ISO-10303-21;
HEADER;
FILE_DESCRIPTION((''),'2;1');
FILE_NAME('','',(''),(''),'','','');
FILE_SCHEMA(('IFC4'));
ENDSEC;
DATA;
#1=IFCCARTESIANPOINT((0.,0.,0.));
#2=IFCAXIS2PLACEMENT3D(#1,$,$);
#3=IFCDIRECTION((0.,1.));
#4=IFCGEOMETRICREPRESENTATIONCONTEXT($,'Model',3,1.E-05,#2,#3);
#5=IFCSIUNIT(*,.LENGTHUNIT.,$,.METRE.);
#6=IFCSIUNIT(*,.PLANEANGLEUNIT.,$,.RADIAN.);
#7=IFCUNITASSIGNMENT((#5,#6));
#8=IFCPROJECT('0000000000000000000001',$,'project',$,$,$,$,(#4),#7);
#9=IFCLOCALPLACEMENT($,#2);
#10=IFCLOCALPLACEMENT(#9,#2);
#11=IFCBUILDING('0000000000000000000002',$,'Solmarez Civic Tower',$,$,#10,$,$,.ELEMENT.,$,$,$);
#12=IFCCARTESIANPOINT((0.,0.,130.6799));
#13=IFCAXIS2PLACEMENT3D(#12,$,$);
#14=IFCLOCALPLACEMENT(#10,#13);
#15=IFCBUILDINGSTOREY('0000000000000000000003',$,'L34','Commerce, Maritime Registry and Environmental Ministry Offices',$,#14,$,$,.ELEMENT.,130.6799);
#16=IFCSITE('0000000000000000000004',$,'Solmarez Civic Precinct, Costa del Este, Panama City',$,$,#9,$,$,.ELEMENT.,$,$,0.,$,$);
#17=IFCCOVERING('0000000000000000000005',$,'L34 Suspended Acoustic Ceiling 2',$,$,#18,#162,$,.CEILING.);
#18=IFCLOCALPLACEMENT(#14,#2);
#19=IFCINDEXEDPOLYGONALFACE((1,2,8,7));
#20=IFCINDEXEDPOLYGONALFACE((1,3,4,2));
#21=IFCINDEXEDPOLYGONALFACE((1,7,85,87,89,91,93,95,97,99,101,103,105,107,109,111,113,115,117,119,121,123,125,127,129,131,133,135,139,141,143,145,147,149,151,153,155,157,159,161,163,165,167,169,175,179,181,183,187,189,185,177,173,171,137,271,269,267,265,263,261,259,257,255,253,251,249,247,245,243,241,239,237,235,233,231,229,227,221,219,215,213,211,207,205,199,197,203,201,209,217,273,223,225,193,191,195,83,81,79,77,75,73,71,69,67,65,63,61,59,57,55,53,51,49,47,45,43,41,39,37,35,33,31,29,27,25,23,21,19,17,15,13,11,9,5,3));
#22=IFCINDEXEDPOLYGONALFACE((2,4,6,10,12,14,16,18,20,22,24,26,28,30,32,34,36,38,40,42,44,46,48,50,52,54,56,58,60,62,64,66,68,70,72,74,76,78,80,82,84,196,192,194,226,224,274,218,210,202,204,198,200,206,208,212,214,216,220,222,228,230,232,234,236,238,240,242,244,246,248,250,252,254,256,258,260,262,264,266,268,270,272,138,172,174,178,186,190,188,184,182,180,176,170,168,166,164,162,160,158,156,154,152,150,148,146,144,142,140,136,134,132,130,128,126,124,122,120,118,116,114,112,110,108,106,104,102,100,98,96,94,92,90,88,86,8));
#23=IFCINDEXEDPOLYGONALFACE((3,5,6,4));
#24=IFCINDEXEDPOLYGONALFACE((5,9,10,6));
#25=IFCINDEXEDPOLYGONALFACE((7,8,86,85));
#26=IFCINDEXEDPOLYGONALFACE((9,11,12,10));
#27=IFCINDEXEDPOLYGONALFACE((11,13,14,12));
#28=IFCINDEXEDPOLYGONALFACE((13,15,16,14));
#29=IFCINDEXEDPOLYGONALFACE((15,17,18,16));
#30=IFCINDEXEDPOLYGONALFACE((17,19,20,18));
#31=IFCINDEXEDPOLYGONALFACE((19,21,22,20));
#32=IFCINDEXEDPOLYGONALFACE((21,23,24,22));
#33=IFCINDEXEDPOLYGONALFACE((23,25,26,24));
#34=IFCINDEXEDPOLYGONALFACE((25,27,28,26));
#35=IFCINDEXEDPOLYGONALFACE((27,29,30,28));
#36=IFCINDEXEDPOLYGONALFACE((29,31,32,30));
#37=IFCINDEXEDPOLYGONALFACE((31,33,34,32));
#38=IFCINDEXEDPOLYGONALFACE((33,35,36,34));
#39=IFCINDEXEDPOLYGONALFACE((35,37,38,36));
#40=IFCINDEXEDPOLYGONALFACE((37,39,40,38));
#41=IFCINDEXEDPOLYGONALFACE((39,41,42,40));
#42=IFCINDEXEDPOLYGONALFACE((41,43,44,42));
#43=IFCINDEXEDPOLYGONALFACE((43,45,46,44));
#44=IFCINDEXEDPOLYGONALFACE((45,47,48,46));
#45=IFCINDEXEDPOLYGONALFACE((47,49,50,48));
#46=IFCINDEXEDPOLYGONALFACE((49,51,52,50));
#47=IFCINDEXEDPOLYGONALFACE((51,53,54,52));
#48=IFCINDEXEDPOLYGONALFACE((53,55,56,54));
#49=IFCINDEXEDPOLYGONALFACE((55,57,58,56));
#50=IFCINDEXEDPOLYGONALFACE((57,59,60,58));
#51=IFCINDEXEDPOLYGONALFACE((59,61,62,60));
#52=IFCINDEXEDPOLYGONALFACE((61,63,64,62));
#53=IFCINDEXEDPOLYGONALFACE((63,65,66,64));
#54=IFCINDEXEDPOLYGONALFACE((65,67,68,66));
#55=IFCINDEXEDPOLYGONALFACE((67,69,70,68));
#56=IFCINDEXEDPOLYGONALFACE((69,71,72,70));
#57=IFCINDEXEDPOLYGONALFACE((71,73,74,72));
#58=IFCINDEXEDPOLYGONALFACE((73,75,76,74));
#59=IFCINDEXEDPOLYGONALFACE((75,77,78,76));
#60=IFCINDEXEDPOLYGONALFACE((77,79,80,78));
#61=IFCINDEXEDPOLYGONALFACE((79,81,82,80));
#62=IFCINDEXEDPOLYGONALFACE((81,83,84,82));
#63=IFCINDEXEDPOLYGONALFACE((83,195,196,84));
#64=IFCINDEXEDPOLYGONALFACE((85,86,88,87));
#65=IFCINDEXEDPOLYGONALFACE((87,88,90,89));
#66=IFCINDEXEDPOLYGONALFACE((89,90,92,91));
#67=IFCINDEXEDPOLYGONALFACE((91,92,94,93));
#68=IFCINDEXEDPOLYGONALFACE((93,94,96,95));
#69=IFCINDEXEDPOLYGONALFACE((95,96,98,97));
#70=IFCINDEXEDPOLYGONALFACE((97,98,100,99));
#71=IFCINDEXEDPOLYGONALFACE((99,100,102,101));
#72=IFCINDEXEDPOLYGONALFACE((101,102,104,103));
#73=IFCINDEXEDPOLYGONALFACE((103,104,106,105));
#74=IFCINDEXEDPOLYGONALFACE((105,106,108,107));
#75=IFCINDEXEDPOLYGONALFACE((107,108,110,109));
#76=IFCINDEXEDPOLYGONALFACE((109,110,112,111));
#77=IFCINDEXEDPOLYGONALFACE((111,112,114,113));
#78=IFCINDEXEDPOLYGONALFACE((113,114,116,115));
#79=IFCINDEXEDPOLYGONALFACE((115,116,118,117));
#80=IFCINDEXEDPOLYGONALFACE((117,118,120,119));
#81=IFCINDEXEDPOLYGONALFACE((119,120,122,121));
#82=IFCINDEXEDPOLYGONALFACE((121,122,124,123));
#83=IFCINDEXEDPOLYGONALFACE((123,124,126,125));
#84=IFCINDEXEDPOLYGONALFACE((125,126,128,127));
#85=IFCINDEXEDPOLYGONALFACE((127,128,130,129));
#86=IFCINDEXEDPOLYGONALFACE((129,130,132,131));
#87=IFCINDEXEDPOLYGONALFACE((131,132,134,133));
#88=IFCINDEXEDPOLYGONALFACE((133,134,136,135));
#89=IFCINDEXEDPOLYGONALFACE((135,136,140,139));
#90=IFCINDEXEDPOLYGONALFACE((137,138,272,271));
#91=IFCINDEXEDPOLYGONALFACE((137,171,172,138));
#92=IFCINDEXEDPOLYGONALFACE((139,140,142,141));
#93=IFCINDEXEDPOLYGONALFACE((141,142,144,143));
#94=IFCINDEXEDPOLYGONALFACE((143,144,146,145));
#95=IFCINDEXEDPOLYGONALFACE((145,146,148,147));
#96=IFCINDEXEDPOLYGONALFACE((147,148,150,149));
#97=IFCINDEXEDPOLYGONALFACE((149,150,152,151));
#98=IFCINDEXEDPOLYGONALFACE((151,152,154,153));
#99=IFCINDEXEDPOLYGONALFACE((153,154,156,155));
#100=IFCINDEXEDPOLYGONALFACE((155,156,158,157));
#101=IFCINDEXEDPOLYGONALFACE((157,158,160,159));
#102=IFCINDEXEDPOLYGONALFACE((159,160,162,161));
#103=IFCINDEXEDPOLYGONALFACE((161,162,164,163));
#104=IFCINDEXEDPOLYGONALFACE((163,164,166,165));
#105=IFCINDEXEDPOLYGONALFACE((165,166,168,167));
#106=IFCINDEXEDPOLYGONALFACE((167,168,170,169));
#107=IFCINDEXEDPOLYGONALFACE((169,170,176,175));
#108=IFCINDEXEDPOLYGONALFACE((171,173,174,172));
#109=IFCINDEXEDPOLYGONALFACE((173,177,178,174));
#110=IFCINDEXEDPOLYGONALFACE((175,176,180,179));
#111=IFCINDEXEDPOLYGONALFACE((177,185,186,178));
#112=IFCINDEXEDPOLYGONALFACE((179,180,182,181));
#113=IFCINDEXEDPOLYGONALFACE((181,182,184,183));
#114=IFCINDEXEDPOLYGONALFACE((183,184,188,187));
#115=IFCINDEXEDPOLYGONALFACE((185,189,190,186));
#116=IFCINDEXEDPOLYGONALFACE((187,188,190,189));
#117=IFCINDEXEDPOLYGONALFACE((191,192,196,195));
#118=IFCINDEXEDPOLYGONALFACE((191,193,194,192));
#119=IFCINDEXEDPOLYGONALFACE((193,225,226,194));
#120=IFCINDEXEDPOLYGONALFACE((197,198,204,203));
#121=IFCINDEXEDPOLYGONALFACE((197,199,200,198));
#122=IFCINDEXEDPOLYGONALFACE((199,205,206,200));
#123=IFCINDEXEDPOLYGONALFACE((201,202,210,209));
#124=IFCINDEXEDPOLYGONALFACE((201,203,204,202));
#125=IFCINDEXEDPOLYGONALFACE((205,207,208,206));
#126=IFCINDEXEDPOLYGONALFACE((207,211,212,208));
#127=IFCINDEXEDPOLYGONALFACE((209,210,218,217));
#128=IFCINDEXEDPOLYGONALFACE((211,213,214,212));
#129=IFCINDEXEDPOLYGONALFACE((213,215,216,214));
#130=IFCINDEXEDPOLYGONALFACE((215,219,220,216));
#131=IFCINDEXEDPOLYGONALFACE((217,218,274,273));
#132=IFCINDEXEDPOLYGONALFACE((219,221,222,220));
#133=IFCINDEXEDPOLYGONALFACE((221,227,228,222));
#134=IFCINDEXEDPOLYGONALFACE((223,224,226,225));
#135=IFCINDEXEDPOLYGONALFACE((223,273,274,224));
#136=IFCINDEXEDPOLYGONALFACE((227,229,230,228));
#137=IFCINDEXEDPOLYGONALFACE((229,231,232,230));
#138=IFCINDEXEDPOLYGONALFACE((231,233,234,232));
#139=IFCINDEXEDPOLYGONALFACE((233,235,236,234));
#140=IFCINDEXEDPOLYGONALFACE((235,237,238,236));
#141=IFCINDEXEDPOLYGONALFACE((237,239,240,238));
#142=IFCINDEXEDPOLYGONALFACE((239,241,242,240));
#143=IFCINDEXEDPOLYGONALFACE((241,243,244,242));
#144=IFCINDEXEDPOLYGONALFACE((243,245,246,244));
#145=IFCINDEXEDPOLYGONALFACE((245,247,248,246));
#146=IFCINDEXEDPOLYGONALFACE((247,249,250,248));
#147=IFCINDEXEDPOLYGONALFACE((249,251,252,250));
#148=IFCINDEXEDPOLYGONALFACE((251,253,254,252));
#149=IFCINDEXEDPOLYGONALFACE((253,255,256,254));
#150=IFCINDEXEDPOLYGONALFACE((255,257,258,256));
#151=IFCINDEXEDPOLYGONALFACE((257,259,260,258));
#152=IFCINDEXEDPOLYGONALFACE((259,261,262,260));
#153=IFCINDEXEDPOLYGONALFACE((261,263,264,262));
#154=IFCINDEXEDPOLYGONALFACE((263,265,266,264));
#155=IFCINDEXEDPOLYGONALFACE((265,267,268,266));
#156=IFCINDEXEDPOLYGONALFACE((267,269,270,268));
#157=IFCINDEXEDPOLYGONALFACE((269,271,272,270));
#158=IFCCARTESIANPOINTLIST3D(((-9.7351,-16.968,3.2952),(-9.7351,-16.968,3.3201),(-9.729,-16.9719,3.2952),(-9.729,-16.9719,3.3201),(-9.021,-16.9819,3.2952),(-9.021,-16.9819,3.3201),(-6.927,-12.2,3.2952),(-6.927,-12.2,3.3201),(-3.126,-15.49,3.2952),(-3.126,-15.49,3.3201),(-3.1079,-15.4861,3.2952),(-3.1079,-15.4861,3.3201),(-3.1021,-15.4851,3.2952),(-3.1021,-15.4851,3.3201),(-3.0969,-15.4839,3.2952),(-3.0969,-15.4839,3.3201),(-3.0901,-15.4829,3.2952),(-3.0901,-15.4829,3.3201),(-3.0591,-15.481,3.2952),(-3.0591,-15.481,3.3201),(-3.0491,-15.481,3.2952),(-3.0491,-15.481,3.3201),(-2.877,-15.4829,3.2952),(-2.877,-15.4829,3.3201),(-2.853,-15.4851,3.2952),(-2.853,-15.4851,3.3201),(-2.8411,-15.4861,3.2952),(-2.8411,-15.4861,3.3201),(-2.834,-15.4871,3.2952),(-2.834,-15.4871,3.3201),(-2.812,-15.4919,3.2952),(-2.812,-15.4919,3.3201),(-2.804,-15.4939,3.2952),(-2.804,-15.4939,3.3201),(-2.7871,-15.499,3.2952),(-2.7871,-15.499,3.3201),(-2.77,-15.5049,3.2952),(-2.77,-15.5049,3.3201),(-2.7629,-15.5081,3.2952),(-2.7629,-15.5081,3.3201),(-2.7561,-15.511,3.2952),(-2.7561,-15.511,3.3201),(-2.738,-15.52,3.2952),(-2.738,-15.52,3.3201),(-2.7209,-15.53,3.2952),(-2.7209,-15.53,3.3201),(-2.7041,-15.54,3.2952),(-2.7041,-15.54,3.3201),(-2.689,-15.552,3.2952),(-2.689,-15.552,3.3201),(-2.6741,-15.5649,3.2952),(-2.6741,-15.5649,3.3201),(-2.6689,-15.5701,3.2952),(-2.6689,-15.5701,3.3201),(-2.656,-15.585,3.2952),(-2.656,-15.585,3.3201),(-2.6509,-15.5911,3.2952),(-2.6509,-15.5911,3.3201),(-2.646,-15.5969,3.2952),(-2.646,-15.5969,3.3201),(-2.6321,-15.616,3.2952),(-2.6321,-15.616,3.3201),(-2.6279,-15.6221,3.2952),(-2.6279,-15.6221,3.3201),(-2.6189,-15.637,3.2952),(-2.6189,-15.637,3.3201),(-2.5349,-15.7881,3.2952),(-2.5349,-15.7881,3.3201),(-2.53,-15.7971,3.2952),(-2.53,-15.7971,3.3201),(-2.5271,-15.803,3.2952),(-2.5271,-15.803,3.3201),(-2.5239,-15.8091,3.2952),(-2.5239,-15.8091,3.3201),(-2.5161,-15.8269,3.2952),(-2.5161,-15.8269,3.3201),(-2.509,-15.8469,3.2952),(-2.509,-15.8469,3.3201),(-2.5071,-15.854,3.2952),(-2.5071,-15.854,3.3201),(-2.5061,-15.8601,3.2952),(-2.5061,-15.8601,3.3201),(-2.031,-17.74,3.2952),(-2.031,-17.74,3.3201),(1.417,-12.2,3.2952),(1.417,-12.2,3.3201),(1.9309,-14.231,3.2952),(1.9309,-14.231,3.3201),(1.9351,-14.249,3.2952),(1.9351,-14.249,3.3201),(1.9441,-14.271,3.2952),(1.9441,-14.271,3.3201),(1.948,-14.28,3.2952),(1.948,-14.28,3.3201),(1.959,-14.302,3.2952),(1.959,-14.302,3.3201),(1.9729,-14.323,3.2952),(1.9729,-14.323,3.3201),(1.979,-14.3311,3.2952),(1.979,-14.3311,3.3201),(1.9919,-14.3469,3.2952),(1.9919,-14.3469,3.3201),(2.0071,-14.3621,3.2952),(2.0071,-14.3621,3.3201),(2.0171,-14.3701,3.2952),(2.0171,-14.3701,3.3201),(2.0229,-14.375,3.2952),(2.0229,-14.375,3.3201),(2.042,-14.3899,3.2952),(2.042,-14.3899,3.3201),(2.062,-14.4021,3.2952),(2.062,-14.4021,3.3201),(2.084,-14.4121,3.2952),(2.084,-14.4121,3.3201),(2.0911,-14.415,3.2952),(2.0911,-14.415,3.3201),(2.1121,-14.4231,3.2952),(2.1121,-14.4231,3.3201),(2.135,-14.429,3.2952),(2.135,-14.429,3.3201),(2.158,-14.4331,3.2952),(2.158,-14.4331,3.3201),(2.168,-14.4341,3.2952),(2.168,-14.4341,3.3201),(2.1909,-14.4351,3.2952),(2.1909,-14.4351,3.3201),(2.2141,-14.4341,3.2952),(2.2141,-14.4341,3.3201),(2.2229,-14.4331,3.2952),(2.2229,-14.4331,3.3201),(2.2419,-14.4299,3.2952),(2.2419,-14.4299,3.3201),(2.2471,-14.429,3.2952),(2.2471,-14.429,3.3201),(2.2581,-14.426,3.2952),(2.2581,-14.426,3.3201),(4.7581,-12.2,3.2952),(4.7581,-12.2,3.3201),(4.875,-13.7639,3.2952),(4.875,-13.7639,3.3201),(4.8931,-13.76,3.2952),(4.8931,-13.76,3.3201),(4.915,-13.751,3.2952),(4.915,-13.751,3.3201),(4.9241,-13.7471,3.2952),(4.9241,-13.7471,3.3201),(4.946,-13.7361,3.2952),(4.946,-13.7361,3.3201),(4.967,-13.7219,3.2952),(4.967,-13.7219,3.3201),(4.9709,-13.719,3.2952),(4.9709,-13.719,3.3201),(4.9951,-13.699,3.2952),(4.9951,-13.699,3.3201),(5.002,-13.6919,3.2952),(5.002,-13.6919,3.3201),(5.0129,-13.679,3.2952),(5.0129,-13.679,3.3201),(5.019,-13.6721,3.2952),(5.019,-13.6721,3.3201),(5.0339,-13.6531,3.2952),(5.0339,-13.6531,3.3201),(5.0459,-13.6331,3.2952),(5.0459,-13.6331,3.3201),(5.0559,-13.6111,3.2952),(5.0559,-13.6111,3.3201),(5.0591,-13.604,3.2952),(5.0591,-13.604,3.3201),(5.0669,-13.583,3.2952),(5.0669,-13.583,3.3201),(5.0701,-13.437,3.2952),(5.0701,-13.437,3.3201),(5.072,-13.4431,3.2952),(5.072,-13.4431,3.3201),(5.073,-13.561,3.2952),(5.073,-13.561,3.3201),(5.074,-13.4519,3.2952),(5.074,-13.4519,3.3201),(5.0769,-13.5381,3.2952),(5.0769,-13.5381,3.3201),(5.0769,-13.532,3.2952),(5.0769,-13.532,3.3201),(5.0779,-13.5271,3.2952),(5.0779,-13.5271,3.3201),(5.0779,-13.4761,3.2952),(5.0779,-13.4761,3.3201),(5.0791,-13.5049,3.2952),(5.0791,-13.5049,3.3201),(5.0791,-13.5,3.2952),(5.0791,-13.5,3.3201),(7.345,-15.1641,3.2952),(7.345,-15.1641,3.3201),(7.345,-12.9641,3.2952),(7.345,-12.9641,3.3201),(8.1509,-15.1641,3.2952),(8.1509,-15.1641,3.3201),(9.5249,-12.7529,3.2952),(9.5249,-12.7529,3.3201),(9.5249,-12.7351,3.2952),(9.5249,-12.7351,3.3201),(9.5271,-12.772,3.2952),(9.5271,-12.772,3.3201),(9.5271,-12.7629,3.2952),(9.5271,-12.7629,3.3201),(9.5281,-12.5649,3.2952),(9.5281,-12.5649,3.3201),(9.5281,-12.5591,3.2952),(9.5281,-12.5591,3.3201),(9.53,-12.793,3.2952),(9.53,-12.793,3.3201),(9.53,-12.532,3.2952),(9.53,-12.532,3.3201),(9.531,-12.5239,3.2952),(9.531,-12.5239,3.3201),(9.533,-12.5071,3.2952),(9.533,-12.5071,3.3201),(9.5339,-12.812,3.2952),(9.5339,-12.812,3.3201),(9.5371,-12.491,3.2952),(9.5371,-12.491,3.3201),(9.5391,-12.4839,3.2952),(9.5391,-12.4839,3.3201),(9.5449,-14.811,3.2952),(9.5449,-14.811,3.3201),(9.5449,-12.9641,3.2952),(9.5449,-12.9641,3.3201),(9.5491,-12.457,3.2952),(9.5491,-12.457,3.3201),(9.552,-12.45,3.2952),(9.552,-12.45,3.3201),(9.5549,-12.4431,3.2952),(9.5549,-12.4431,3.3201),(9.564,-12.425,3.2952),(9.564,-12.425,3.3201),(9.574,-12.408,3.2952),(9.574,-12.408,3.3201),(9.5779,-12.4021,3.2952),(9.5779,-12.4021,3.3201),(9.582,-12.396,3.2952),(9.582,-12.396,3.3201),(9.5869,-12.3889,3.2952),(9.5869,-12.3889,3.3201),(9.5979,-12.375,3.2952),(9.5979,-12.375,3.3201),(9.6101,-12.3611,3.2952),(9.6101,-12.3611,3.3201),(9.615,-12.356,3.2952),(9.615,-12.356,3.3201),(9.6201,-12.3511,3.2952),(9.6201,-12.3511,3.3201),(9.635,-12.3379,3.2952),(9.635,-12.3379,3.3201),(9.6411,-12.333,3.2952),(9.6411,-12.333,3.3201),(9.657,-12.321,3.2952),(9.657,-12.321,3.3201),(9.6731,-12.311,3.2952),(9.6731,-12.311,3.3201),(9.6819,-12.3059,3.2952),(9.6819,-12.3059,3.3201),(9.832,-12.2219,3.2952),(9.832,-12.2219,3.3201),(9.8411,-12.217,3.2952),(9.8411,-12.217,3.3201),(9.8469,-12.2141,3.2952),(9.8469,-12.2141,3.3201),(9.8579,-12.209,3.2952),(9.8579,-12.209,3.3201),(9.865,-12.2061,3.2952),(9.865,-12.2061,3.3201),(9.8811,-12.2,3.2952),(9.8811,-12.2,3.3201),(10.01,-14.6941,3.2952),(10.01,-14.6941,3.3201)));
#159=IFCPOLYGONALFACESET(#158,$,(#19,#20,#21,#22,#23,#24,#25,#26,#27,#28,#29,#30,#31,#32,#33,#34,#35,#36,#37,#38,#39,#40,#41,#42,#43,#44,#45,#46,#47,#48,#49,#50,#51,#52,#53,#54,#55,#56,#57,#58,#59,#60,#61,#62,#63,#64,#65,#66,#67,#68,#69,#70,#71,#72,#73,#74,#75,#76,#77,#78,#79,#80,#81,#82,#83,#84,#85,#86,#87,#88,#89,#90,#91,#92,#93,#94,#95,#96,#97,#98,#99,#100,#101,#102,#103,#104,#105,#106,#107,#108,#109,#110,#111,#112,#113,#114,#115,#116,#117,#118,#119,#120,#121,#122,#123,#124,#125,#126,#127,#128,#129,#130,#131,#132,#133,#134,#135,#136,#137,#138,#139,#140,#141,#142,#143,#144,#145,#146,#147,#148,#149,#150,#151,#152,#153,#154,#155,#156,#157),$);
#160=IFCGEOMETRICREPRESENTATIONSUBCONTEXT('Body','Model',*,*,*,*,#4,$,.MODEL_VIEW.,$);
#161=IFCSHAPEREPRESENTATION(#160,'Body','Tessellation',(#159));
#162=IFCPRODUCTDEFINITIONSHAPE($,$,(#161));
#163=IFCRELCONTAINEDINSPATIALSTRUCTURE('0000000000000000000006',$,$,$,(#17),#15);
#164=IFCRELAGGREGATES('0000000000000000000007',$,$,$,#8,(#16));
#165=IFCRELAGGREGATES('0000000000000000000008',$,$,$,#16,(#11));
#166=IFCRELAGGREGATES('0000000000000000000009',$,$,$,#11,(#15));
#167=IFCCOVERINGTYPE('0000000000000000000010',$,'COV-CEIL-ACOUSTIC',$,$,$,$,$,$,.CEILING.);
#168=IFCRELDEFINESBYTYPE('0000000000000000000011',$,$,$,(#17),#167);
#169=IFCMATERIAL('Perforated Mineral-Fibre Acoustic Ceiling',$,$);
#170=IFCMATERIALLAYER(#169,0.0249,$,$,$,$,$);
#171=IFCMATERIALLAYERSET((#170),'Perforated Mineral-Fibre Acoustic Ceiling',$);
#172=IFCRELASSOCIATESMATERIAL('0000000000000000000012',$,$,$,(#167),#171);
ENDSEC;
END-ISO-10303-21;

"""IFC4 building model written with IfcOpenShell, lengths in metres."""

from ifc_helpers import new_model, si_unit, direction, frame, origin, place, context, subcontext, project, spatial, polyline, outline, extrude, material, layer, layer_set, type_object, element, save


model = new_model("IFC4")

# Units and contexts
model_context = context("Model", 3, precision=1e-05, world=origin(), true_north=direction((0.0, 1.0)))
body_context = subcontext(model_context, "Body", "Model", "MODEL_VIEW")
ifc_project = project(units=[si_unit("LENGTHUNIT", "METRE"), si_unit("PLANEANGLEUNIT", "RADIAN")], contexts=[model_context])

# Site, building, storey
site_placement = place(None, origin())
site = spatial("IfcSite", under=ifc_project, at=site_placement, Name="Solmarez Civic Precinct, Costa del Este, Panama City", CompositionType="ELEMENT", RefElevation=0.0)
building_placement = place(site_placement, origin())
building = spatial("IfcBuilding", under=site, at=building_placement, Name="Solmarez Civic Tower", CompositionType="ELEMENT")
storey_placement = place(building_placement, frame((0.0, 0.0, 130.6799)))
storey = spatial("IfcBuildingStorey", under=building, at=storey_placement, Name="L34", Description="Commerce, Maritime Registry and Environmental Ministry Offices", CompositionType="ELEMENT", Elevation=130.6799)

# Covering
ifc_material_1 = material(Name="Perforated Mineral-Fibre Acoustic Ceiling")
ifc_layer_1 = layer(ifc_material_1, 0.0249)
ifc_layer_set_1 = layer_set([ifc_layer_1], Name="Perforated Mineral-Fibre Acoustic Ceiling")
covering_type_1 = type_object("IfcCoveringType", Name="COV-CEIL-ACOUSTIC", PredefinedType="CEILING", material=ifc_layer_set_1)
covering_1_placement = place(storey_placement, frame((0.0, 0.0, 3.2952)))
element("IfcCovering", 1, at=covering_1_placement, inside=storey, type_object=covering_type_1, Name="L34 Suspended Acoustic Ceiling 2", PredefinedType="CEILING", context=body_context, shape_type="SweptSolid", body=[
    extrude(outline(polyline([(-2.7209, -15.53), (-2.7041, -15.54), (-2.689, -15.552), (-2.6741, -15.5649), (-2.6689, -15.5701), (-2.656, -15.585), (-2.6509, -15.5911), (-2.646, -15.5969), (-2.6321, -15.616), (-2.6279, -15.6221), (-2.6189, -15.637), (-2.5349, -15.7881), (-2.53, -15.7971), (-2.5271, -15.803), (-2.5239, -15.8091), (-2.5161, -15.8269), (-2.509, -15.8469), (-2.5071, -15.854), (-2.5061, -15.8601), (-2.031, -17.74), (8.1509, -15.1641), (7.345, -15.1641), (7.345, -12.9641), (9.5449, -12.9641), (9.5449, -14.811), (10.01, -14.6941), (9.5339, -12.812), (9.53, -12.793), (9.5271, -12.772), (9.5271, -12.7629), (9.5249, -12.7529), (9.5249, -12.7351), (9.5281, -12.5649), (9.5281, -12.5591), (9.53, -12.532), (9.531, -12.5239), (9.533, -12.5071), (9.5371, -12.491), (9.5391, -12.4839), (9.5491, -12.457), (9.552, -12.45), (9.5549, -12.4431), (9.564, -12.425), (9.574, -12.408), (9.5779, -12.4021), (9.582, -12.396), (9.5869, -12.3889), (9.5979, -12.375), (9.6101, -12.3611), (9.615, -12.356), (9.6201, -12.3511), (9.635, -12.3379), (9.6411, -12.333), (9.657, -12.321), (9.6731, -12.311), (9.6819, -12.3059), (9.832, -12.2219), (9.8411, -12.217), (9.8469, -12.2141), (9.8579, -12.209), (9.865, -12.2061), (9.8811, -12.2), (4.7581, -12.2), (5.0701, -13.437), (5.072, -13.4431), (5.074, -13.4519), (5.0779, -13.4761), (5.0791, -13.5), (5.0791, -13.5049), (5.0779, -13.5271), (5.0769, -13.532), (5.0769, -13.5381), (5.073, -13.561), (5.0669, -13.583), (5.0591, -13.604), (5.0559, -13.6111), (5.0459, -13.6331), (5.0339, -13.6531), (5.019, -13.6721), (5.0129, -13.679), (5.002, -13.6919), (4.9951, -13.699), (4.9709, -13.719), (4.967, -13.7219), (4.946, -13.7361), (4.9241, -13.7471), (4.915, -13.751), (4.8931, -13.76), (4.875, -13.7639), (2.2581, -14.426), (2.2471, -14.429), (2.2419, -14.4299), (2.2229, -14.4331), (2.2141, -14.4341), (2.1909, -14.4351), (2.168, -14.4341), (2.158, -14.4331), (2.135, -14.429), (2.1121, -14.4231), (2.0911, -14.415), (2.084, -14.4121), (2.062, -14.4021), (2.042, -14.3899), (2.0229, -14.375), (2.0171, -14.3701), (2.0071, -14.3621), (1.9919, -14.3469), (1.979, -14.3311), (1.9729, -14.323), (1.959, -14.302), (1.948, -14.28), (1.9441, -14.271), (1.9351, -14.249), (1.9309, -14.231), (1.417, -12.2), (-6.927, -12.2), (-9.7351, -16.968), (-9.729, -16.9719), (-9.021, -16.9819), (-3.126, -15.49), (-3.1079, -15.4861), (-3.1021, -15.4851), (-3.0969, -15.4839), (-3.0901, -15.4829), (-3.0591, -15.481), (-3.0491, -15.481), (-2.877, -15.4829), (-2.853, -15.4851), (-2.8411, -15.4861), (-2.834, -15.4871), (-2.812, -15.4919), (-2.804, -15.4939), (-2.7871, -15.499), (-2.77, -15.5049), (-2.7629, -15.5081), (-2.7561, -15.511), (-2.738, -15.52), (-2.7209, -15.53)])), origin(), (0.0, 0.0, 1.0), 0.0249),
])

save(model, "model.ifc")
